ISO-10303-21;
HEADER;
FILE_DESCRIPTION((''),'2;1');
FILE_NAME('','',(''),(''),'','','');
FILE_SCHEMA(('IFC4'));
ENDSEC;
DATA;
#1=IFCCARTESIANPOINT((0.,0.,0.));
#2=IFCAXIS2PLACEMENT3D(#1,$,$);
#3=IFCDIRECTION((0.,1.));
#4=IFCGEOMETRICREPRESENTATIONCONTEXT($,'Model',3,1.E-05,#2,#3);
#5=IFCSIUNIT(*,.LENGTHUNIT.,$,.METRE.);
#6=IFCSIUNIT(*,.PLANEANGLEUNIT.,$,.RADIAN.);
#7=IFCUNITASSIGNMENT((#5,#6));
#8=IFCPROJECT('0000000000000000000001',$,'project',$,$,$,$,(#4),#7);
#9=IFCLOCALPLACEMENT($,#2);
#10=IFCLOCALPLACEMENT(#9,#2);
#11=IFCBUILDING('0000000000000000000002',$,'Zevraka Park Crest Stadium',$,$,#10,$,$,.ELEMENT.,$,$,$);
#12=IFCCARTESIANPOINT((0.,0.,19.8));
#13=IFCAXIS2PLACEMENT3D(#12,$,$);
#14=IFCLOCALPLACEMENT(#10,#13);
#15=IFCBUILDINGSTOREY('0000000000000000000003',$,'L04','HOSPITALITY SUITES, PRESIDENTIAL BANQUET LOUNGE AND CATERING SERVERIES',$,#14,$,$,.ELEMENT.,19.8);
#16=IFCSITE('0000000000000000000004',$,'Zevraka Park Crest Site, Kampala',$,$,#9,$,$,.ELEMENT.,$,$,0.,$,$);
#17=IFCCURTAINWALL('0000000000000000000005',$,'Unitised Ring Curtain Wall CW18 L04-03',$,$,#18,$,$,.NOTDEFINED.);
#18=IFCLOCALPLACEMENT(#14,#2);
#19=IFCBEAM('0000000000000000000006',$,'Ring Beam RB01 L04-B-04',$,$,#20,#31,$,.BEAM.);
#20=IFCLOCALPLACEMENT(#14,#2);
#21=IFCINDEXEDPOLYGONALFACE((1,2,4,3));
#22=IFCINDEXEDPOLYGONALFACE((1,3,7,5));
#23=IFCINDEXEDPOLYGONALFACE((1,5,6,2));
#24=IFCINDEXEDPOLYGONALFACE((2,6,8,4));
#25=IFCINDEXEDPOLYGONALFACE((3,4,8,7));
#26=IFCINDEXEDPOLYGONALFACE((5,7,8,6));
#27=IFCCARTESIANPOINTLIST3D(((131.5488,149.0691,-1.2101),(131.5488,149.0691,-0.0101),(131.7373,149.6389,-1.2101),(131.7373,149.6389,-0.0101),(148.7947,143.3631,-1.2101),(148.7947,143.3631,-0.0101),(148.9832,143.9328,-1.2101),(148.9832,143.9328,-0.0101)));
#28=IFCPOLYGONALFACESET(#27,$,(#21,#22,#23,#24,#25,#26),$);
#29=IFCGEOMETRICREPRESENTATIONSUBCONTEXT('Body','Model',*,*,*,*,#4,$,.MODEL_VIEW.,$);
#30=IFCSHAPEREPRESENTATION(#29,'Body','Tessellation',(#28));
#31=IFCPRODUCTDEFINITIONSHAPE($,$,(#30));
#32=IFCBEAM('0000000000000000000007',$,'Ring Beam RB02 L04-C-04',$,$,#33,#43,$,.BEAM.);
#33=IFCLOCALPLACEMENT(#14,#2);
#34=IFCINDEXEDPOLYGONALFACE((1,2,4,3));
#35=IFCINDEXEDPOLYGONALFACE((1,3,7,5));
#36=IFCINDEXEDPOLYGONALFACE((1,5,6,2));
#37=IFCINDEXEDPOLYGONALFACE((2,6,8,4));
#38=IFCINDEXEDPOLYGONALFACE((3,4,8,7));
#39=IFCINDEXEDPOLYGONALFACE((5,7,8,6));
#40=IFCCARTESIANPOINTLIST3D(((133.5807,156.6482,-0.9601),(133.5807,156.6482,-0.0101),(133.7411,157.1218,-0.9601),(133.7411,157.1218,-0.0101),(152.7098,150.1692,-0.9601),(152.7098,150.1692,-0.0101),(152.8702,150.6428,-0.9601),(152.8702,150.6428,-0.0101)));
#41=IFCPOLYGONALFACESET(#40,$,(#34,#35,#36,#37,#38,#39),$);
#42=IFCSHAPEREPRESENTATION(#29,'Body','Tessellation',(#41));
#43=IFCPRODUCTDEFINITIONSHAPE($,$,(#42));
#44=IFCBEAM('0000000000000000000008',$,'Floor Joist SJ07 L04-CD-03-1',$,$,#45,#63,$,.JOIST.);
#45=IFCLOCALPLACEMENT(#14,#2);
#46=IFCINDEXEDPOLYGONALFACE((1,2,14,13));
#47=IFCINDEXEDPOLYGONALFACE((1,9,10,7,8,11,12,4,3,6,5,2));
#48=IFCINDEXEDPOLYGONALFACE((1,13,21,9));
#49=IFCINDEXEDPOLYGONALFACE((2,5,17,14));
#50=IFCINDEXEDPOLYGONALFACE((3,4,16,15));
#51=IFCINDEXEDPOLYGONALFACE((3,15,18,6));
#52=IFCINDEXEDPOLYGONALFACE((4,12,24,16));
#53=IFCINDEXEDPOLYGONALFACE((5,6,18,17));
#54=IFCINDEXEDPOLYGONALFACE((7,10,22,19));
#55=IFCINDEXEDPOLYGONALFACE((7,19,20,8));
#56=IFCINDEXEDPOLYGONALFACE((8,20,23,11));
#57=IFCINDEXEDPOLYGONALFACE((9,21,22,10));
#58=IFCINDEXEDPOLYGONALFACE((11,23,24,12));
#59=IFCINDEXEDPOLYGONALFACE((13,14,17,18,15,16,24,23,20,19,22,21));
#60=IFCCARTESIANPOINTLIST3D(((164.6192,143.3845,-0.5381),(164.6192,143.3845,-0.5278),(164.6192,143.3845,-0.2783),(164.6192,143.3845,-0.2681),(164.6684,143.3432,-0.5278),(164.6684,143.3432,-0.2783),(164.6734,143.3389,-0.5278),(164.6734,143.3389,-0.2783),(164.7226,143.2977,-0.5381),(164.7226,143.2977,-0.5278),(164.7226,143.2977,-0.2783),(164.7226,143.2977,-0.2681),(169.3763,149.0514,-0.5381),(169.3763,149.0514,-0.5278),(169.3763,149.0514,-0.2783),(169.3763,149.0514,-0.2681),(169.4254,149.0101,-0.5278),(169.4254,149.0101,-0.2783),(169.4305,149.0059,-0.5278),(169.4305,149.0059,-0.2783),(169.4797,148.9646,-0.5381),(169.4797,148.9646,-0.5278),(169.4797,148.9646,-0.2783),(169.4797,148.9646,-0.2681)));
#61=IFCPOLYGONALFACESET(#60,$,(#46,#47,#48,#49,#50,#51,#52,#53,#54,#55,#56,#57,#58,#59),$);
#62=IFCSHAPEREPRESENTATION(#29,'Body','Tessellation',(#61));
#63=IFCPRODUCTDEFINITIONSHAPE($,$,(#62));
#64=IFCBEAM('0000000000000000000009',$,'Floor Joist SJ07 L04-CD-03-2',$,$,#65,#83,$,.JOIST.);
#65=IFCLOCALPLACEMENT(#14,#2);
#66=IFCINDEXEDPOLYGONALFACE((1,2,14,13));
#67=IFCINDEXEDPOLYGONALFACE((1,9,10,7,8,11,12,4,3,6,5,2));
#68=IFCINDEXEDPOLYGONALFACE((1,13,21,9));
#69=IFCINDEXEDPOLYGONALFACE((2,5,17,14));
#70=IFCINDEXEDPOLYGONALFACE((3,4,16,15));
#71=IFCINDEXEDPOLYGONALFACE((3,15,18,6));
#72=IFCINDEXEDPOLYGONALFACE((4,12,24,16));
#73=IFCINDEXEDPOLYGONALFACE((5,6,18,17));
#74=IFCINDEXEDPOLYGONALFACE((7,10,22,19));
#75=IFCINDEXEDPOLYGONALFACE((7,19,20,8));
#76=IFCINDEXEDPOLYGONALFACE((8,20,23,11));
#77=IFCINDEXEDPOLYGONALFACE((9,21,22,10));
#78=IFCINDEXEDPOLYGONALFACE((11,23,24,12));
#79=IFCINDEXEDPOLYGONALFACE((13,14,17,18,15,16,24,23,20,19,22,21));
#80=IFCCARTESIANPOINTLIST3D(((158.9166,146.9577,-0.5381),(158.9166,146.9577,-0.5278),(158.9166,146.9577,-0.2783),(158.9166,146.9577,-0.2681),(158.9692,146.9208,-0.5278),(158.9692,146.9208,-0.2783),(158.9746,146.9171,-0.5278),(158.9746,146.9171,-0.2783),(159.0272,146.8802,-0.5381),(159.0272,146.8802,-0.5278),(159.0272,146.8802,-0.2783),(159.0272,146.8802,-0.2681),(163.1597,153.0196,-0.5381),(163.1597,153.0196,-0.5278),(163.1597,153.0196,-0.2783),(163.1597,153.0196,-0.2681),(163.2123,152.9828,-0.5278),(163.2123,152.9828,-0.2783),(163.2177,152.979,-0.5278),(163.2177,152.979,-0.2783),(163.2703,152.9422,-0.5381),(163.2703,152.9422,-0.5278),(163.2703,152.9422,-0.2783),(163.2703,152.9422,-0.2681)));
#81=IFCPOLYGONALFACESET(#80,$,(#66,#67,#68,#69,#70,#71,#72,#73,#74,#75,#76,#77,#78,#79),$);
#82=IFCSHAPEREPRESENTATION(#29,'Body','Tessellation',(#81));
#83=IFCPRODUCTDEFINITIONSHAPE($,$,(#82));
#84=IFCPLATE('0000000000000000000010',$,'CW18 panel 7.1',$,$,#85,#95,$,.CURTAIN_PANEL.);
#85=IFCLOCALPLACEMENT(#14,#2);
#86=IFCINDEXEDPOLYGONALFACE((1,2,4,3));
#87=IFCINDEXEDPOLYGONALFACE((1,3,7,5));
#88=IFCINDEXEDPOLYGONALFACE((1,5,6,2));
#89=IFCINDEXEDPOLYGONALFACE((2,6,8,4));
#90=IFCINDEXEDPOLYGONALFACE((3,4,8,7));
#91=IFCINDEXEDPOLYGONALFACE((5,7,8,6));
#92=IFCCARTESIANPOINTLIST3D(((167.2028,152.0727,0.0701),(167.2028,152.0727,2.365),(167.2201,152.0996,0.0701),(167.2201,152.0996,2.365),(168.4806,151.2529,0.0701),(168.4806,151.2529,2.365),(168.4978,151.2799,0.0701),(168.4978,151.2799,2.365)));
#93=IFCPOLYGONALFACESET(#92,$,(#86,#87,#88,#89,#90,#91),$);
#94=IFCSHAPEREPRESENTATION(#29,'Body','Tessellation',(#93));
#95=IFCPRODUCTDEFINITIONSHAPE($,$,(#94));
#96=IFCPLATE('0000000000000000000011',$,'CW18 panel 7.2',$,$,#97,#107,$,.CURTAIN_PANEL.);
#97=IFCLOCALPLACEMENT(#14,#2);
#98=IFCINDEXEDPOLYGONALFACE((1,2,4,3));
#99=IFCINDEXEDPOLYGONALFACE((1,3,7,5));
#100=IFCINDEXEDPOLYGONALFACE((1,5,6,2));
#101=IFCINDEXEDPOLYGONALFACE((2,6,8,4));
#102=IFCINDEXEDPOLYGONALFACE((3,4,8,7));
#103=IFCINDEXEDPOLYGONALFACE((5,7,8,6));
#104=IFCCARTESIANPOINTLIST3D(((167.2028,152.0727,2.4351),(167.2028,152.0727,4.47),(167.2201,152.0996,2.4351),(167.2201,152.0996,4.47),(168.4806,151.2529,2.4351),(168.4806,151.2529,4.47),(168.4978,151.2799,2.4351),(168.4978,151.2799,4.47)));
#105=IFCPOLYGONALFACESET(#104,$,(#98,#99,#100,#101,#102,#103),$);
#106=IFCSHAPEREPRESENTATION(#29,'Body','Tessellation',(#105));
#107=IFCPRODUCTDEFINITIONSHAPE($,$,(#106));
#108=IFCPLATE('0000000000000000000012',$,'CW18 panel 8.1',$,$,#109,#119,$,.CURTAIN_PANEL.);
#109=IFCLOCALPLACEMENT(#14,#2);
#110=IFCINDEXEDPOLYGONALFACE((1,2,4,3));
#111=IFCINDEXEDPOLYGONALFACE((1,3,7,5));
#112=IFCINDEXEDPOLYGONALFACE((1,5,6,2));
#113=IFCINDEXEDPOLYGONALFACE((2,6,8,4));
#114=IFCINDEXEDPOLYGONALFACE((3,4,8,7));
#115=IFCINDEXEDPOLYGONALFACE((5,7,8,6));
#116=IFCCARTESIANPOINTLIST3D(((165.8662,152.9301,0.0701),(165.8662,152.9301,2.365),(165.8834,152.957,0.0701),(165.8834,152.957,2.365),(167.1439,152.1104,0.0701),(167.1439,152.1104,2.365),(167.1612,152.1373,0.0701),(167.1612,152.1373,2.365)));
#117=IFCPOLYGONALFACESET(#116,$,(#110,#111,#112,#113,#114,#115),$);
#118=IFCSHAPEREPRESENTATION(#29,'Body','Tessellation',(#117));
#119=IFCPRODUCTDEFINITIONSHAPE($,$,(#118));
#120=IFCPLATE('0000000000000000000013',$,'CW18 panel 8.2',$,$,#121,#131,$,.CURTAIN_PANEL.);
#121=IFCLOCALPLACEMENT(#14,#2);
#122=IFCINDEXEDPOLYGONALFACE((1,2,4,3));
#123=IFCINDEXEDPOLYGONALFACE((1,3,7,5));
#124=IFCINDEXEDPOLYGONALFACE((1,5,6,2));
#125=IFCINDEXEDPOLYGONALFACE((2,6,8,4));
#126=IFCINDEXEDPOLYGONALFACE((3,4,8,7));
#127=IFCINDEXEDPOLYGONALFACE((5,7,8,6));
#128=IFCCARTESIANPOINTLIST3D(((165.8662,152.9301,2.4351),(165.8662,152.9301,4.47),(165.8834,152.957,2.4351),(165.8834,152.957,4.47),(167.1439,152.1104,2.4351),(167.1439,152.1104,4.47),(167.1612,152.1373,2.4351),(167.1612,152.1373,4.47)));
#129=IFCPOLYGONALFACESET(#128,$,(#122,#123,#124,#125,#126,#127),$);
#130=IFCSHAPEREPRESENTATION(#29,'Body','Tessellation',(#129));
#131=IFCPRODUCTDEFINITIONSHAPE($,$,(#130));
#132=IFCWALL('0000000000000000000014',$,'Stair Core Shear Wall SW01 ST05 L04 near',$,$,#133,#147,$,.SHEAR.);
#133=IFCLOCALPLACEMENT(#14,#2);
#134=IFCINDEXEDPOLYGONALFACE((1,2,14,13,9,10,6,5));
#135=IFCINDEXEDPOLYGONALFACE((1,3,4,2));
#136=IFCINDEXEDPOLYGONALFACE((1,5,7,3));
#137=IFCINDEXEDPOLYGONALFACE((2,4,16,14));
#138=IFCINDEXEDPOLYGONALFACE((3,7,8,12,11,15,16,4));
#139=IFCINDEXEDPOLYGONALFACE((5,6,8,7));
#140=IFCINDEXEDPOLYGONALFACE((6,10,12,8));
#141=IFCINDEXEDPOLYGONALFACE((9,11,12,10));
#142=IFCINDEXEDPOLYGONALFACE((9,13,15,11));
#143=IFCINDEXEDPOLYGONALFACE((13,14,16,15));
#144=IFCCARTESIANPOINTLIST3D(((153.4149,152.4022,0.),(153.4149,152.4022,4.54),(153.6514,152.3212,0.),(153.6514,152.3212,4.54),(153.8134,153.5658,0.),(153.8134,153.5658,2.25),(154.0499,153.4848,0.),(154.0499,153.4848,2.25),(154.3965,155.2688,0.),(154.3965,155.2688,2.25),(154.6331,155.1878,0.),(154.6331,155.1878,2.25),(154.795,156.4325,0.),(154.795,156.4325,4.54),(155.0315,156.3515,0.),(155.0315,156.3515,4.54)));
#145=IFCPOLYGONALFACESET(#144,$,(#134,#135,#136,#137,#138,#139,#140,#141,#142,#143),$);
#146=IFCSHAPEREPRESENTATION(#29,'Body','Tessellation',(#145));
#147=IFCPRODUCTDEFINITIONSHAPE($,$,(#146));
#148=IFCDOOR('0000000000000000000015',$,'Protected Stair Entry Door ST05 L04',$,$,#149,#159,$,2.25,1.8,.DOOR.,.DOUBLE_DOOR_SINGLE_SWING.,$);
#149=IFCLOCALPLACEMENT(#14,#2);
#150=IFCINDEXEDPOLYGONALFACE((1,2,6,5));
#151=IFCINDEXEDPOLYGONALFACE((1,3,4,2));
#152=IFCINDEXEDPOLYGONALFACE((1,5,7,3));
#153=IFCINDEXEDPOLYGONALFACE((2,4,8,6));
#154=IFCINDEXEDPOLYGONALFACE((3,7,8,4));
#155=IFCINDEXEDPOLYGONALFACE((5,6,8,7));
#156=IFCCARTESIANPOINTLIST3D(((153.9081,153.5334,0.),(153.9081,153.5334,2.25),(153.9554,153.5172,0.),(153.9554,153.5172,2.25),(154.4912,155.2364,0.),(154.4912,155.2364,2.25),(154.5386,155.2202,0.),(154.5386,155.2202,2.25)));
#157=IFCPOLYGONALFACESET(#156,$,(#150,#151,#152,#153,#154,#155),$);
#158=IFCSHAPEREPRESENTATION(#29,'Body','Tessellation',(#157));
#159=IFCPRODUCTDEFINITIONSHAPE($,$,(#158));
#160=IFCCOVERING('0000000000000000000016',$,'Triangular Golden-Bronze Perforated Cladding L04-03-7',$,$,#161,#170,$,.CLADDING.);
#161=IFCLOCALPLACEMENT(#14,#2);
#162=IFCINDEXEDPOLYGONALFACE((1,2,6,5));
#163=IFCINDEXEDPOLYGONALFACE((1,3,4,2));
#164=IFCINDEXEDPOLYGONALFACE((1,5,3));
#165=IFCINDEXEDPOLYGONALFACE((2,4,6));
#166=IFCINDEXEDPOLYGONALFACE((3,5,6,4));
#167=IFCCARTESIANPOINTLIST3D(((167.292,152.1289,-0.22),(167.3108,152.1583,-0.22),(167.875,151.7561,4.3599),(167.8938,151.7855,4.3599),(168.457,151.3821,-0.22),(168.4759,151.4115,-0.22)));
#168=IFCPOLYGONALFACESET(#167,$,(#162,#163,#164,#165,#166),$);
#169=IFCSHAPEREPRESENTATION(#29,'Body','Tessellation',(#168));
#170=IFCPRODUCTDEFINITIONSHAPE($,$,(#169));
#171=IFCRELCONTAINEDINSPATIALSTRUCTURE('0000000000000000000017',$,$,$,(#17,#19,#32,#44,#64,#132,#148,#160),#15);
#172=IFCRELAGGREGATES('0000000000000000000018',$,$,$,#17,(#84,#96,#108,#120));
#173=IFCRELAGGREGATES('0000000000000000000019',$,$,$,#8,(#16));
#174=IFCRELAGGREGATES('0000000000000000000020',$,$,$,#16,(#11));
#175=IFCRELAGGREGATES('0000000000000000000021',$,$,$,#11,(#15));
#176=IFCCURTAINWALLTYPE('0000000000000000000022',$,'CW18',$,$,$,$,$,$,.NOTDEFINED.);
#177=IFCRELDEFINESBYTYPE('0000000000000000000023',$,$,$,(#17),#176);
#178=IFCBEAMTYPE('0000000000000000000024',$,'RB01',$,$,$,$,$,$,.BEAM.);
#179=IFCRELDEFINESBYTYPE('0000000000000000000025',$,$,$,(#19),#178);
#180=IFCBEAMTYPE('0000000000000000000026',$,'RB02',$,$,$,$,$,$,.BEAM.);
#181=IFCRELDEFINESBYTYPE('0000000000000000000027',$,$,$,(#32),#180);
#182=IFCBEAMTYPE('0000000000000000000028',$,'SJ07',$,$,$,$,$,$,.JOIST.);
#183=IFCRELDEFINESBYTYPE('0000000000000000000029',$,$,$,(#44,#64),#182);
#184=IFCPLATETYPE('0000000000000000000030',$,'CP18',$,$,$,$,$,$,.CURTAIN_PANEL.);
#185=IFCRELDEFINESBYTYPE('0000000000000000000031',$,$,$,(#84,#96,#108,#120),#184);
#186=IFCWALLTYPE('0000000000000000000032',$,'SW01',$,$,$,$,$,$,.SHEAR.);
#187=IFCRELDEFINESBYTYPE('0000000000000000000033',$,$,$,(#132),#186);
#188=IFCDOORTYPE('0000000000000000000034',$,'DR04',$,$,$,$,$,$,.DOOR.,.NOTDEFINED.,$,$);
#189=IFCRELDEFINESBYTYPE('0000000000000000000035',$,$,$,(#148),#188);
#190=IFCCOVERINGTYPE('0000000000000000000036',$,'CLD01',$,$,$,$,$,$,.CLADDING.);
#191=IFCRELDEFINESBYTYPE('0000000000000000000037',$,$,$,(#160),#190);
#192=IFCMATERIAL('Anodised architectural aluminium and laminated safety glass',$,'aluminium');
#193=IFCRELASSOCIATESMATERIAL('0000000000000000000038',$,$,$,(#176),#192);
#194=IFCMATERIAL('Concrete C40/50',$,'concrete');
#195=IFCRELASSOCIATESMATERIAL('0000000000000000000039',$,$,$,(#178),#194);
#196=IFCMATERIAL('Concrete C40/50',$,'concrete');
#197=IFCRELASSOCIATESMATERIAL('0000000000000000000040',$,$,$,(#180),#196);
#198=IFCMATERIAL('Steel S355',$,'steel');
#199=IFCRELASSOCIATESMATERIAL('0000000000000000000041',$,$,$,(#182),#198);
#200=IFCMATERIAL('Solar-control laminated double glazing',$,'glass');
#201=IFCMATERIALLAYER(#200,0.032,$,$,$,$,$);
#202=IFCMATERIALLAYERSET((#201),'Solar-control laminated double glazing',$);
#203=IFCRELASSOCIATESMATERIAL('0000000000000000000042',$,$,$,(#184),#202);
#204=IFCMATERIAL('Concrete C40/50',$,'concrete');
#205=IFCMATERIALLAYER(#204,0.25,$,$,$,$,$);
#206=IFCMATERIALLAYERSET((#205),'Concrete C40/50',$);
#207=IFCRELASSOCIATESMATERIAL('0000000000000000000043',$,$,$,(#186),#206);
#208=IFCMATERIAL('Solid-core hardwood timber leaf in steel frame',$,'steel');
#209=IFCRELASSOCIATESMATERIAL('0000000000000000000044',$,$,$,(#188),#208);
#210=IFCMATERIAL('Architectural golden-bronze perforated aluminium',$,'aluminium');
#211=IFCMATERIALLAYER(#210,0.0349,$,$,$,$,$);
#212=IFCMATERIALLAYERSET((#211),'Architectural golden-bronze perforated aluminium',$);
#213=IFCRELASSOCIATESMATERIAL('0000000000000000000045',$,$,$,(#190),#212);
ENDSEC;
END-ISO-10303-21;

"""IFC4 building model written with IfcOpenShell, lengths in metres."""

from ifc_helpers import new_model, si_unit, direction, frame, frame_2d, origin, origin_2d, place, context, subcontext, project, spatial, polyline, rectangle, i_section, outline, extrude, material, layer, layer_set, material_profile, profile_set, type_object, element, fill, aggregate, save


model = new_model("IFC4")

# Units and contexts
model_context = context("Model", 3, precision=1e-05, world=origin(), true_north=direction((0.0, 1.0)))
body_context = subcontext(model_context, "Body", "Model", "MODEL_VIEW")
ifc_project = project(units=[si_unit("LENGTHUNIT", "METRE"), si_unit("PLANEANGLEUNIT", "RADIAN")], contexts=[model_context])

# Site, building, storey
site_placement = place(None, origin())
site = spatial("IfcSite", under=ifc_project, at=site_placement, Name="Zevraka Park Crest Site, Kampala", CompositionType="ELEMENT", RefElevation=0.0)
building_placement = place(site_placement, origin())
building = spatial("IfcBuilding", under=site, at=building_placement, Name="Zevraka Park Crest Stadium", CompositionType="ELEMENT")
storey_placement = place(building_placement, frame((0.0, 0.0, 19.8)))
storey = spatial("IfcBuildingStorey", under=building, at=storey_placement, Name="L04", Description="HOSPITALITY SUITES, PRESIDENTIAL BANQUET LOUNGE AND CATERING SERVERIES", CompositionType="ELEMENT", Elevation=19.8)

# Curtain wall
ifc_material_1 = material(Name="Anodised architectural aluminium and laminated safety glass", Category="aluminium")
curtain_wall_type = type_object("IfcCurtainWallType", Name="CW18", PredefinedType="NOTDEFINED", material=ifc_material_1)
curtain_wall_placement = place(storey_placement, origin())
curtain_wall = element("IfcCurtainWall", 1, at=curtain_wall_placement, inside=storey, type_object=curtain_wall_type, Name="Unitised Ring Curtain Wall CW18 L04-03", PredefinedType="NOTDEFINED")

# Beams
ifc_material_2 = material(Name="Concrete C40/50", Category="concrete")
ifc_material_profile_1 = material_profile(ifc_material_2, rectangle(XDim=0.6001, YDim=1.2, at=origin_2d()), Name="RC 1200x600")
ifc_profile_set_1 = profile_set([ifc_material_profile_1], Name="Concrete C40/50")
beam_type_1 = type_object("IfcBeamType", Name="RB01", PredefinedType="BEAM", material=ifc_profile_set_1)
beam_1_placement = place(storey_placement, frame((148.8889, 143.6479, -0.6101), z_axis=(-0.949384, 0.314118, 0.0), x_axis=(-0.314118, -0.949384, 0.0)))
element("IfcBeam", 2, at=beam_1_placement, inside=storey, type_object=beam_type_1, Name="Ring Beam RB01 L04-B-04", PredefinedType="BEAM", context=body_context, shape_type="SweptSolid", body=[
    extrude(rectangle(XDim=0.6001, YDim=1.2, at=origin_2d()), origin(), (0.0, 0.0, 1.0), 18.1653),
])
ifc_material_3 = material(Name="Concrete C40/50", Category="concrete")
ifc_material_profile_2 = material_profile(ifc_material_3, rectangle(XDim=0.5, YDim=0.95, at=origin_2d()), Name="RC 950x500")
ifc_profile_set_2 = profile_set([ifc_material_profile_2], Name="Concrete C40/50")
beam_type_2 = type_object("IfcBeamType", Name="RB02", PredefinedType="BEAM", material=ifc_profile_set_2)
beam_2_placement = place(storey_placement, frame((152.79, 150.406, -0.4851), z_axis=(-0.947148, 0.320797, 0.0), x_axis=(-0.320797, -0.947148, 0.0)))
element("IfcBeam", 3, at=beam_2_placement, inside=storey, type_object=beam_type_2, Name="Ring Beam RB02 L04-C-04", PredefinedType="BEAM", context=body_context, shape_type="SweptSolid", body=[
    extrude(rectangle(XDim=0.5, YDim=0.95, at=origin_2d()), origin(), (0.0, 0.0, 1.0), 20.1965),
])
ifc_material_4 = material(Name="Steel S355", Category="steel")
ifc_material_profile_3 = material_profile(ifc_material_4, i_section(OverallWidth=0.135, OverallDepth=0.27, WebThickness=0.0066, FlangeThickness=0.0103, at=origin_2d()), Name="IPE 270")
ifc_profile_set_3 = profile_set([ifc_material_profile_3], Name="Steel S355")
beam_type_3 = type_object("IfcBeamType", Name="SJ07", PredefinedType="JOIST", material=ifc_profile_set_3)
beam_3_placement = place(storey_placement, frame((164.6709, 143.3411, -0.4031), z_axis=(0.642939, 0.765917, 0.0), x_axis=(-0.765917, 0.642939, 0.0)))
element("IfcBeam", 4, at=beam_3_placement, inside=storey, type_object=beam_type_3, Name="Floor Joist SJ07 L04-CD-03-1", PredefinedType="JOIST", context=body_context, shape_type="SweptSolid", body=[
    extrude(i_section(OverallWidth=0.135, OverallDepth=0.27, WebThickness=0.0066, FlangeThickness=0.0103, at=origin_2d()), origin(), (0.0, 0.0, 1.0), 7.3989),
])
beam_4_placement = place(storey_placement, frame((158.9719, 146.9189, -0.4031), z_axis=(0.57344, 0.819247, 0.0), x_axis=(-0.819247, 0.57344, 0.0)))
element("IfcBeam", 5, at=beam_4_placement, inside=storey, type_object=beam_type_3, Name="Floor Joist SJ07 L04-CD-03-2", PredefinedType="JOIST", context=body_context, shape_type="SweptSolid", body=[
    extrude(i_section(OverallWidth=0.135, OverallDepth=0.27, WebThickness=0.0066, FlangeThickness=0.0103, at=origin_2d()), origin(), (0.0, 0.0, 1.0), 7.3994),
])

# Plates
ifc_material_5 = material(Name="Solar-control laminated double glazing", Category="glass")
ifc_layer_1 = layer(ifc_material_5, 0.032)
ifc_layer_set_1 = layer_set([ifc_layer_1], Name="Solar-control laminated double glazing")
plate_type = type_object("IfcPlateType", Name="CP18", PredefinedType="CURTAIN_PANEL", material=ifc_layer_set_1)
plate_1_placement = place(storey_placement, frame((167.8503, 151.6763, 0.0701), z_axis=(0.0, 0.0, 1.0), x_axis=(-0.841678, 0.53998, 0.0)))
plate_1 = element("IfcPlate", 6, at=plate_1_placement, type_object=plate_type, Name="CW18 panel 7.1", PredefinedType="CURTAIN_PANEL", context=body_context, shape_type="SweptSolid", body=[
    extrude(rectangle(XDim=1.5181, YDim=0.032, at=origin_2d()), origin(), (0.0, 0.0, 1.0), 2.2949),
])
plate_2_placement = place(storey_placement, frame((167.8503, 151.6763, 2.4351), z_axis=(0.0, 0.0, 1.0), x_axis=(-0.841678, 0.53998, 0.0)))
plate_2 = element("IfcPlate", 7, at=plate_2_placement, type_object=plate_type, Name="CW18 panel 7.2", PredefinedType="CURTAIN_PANEL", context=body_context, shape_type="SweptSolid", body=[
    extrude(rectangle(XDim=1.5181, YDim=0.032, at=origin_2d()), origin(), (0.0, 0.0, 1.0), 2.0349),
])
plate_3_placement = place(storey_placement, frame((166.5137, 152.5337, 0.0701), z_axis=(0.0, 0.0, 1.0), x_axis=(-0.841678, 0.53998, 0.0)))
plate_3 = element("IfcPlate", 8, at=plate_3_placement, type_object=plate_type, Name="CW18 panel 8.1", PredefinedType="CURTAIN_PANEL", context=body_context, shape_type="SweptSolid", body=[
    extrude(rectangle(XDim=1.5181, YDim=0.032, at=origin_2d()), origin(), (0.0, 0.0, 1.0), 2.2949),
])
plate_4_placement = place(storey_placement, frame((166.5137, 152.5337, 2.4351), z_axis=(0.0, 0.0, 1.0), x_axis=(-0.841678, 0.53998, 0.0)))
plate_4 = element("IfcPlate", 9, at=plate_4_placement, type_object=plate_type, Name="CW18 panel 8.2", PredefinedType="CURTAIN_PANEL", context=body_context, shape_type="SweptSolid", body=[
    extrude(rectangle(XDim=1.5181, YDim=0.032, at=origin_2d()), origin(), (0.0, 0.0, 1.0), 2.0349),
])
aggregate(curtain_wall, [plate_1, plate_2, plate_3, plate_4])

# Wall, opening, door
ifc_material_6 = material(Name="Concrete C40/50", Category="concrete")
ifc_layer_2 = layer(ifc_material_6, 0.25)
ifc_layer_set_2 = layer_set([ifc_layer_2], Name="Concrete C40/50")
wall_type = type_object("IfcWallType", Name="SW01", PredefinedType="SHEAR", material=ifc_layer_set_2)
wall_placement = place(storey_placement, frame((153.5332, 152.3618, 0.0), z_axis=(0.0, 0.0, 1.0), x_axis=(0.323971, 0.946067, 0.0)))
wall = element("IfcWall", 10, at=wall_placement, inside=storey, type_object=wall_type, Name="Stair Core Shear Wall SW01 ST05 L04 near", PredefinedType="SHEAR", context=body_context, shape_type="SweptSolid", body=[
    extrude(rectangle(XDim=4.26, YDim=0.25, at=frame_2d((2.1299, 0.0))), origin(), (0.0, 0.0, 1.0), 4.54),
])
opening_placement = place(wall_placement, frame((1.23, 0.0, 0.0)))
opening = element("IfcOpeningElement", 11, at=opening_placement, cuts=wall, PredefinedType="OPENING", context=body_context, shape_type="SweptSolid", body=[
    extrude(rectangle(XDim=1.8, YDim=2.25, at=frame_2d((0.8999, 1.125))), frame((0.0, 0.135, 0.0), z_axis=(0.0, -1.0, 0.0), x_axis=(1.0, 0.0, 0.0)), (0.0, 0.0, 1.0), 0.27),
])
ifc_material_7 = material(Name="Solid-core hardwood timber leaf in steel frame", Category="steel")
door_type = type_object("IfcDoorType", Name="DR04", OperationType="NOTDEFINED", PredefinedType="DOOR", material=ifc_material_7)
door_placement = place(opening_placement, origin())
door = element("IfcDoor", 12, at=door_placement, inside=storey, type_object=door_type, Name="Protected Stair Entry Door ST05 L04", OperationType="DOUBLE_DOOR_SINGLE_SWING", OverallHeight=2.25, OverallWidth=1.8, PredefinedType="DOOR", context=body_context, shape_type="SweptSolid", body=[
    extrude(rectangle(XDim=1.8, YDim=2.25, at=frame_2d((0.8999, 1.125))), frame((0.0, 0.0249, 0.0), z_axis=(0.0, -1.0, 0.0), x_axis=(1.0, 0.0, 0.0)), (0.0, 0.0, 1.0), 0.05),
])
fill(opening, door)

# Covering
ifc_material_8 = material(Name="Architectural golden-bronze perforated aluminium", Category="aluminium")
ifc_layer_3 = layer(ifc_material_8, 0.0349)
ifc_layer_set_3 = layer_set([ifc_layer_3], Name="Architectural golden-bronze perforated aluminium")
covering_type = type_object("IfcCoveringType", Name="CLD01", PredefinedType="CLADDING", material=ifc_layer_set_3)
covering_1_placement = place(storey_placement, frame((168.457, 151.3821, -0.22), z_axis=(-0.539669, -0.841877, 0.00017), x_axis=(-0.841877, 0.539669, 0.0)))
element("IfcCovering", 13, at=covering_1_placement, inside=storey, type_object=covering_type, Name="Triangular Golden-Bronze Perforated Cladding L04-03-7", PredefinedType="CLADDING", context=body_context, shape_type="SweptSolid", body=[
    extrude(outline(polyline([(0.0, 0.0), (1.3839, 0.0), (0.6918, -4.5798), (0.0, 0.0)])), origin(), (0.0, 0.0, -1.0), 0.0349),
])

save(model, "model.ifc")
